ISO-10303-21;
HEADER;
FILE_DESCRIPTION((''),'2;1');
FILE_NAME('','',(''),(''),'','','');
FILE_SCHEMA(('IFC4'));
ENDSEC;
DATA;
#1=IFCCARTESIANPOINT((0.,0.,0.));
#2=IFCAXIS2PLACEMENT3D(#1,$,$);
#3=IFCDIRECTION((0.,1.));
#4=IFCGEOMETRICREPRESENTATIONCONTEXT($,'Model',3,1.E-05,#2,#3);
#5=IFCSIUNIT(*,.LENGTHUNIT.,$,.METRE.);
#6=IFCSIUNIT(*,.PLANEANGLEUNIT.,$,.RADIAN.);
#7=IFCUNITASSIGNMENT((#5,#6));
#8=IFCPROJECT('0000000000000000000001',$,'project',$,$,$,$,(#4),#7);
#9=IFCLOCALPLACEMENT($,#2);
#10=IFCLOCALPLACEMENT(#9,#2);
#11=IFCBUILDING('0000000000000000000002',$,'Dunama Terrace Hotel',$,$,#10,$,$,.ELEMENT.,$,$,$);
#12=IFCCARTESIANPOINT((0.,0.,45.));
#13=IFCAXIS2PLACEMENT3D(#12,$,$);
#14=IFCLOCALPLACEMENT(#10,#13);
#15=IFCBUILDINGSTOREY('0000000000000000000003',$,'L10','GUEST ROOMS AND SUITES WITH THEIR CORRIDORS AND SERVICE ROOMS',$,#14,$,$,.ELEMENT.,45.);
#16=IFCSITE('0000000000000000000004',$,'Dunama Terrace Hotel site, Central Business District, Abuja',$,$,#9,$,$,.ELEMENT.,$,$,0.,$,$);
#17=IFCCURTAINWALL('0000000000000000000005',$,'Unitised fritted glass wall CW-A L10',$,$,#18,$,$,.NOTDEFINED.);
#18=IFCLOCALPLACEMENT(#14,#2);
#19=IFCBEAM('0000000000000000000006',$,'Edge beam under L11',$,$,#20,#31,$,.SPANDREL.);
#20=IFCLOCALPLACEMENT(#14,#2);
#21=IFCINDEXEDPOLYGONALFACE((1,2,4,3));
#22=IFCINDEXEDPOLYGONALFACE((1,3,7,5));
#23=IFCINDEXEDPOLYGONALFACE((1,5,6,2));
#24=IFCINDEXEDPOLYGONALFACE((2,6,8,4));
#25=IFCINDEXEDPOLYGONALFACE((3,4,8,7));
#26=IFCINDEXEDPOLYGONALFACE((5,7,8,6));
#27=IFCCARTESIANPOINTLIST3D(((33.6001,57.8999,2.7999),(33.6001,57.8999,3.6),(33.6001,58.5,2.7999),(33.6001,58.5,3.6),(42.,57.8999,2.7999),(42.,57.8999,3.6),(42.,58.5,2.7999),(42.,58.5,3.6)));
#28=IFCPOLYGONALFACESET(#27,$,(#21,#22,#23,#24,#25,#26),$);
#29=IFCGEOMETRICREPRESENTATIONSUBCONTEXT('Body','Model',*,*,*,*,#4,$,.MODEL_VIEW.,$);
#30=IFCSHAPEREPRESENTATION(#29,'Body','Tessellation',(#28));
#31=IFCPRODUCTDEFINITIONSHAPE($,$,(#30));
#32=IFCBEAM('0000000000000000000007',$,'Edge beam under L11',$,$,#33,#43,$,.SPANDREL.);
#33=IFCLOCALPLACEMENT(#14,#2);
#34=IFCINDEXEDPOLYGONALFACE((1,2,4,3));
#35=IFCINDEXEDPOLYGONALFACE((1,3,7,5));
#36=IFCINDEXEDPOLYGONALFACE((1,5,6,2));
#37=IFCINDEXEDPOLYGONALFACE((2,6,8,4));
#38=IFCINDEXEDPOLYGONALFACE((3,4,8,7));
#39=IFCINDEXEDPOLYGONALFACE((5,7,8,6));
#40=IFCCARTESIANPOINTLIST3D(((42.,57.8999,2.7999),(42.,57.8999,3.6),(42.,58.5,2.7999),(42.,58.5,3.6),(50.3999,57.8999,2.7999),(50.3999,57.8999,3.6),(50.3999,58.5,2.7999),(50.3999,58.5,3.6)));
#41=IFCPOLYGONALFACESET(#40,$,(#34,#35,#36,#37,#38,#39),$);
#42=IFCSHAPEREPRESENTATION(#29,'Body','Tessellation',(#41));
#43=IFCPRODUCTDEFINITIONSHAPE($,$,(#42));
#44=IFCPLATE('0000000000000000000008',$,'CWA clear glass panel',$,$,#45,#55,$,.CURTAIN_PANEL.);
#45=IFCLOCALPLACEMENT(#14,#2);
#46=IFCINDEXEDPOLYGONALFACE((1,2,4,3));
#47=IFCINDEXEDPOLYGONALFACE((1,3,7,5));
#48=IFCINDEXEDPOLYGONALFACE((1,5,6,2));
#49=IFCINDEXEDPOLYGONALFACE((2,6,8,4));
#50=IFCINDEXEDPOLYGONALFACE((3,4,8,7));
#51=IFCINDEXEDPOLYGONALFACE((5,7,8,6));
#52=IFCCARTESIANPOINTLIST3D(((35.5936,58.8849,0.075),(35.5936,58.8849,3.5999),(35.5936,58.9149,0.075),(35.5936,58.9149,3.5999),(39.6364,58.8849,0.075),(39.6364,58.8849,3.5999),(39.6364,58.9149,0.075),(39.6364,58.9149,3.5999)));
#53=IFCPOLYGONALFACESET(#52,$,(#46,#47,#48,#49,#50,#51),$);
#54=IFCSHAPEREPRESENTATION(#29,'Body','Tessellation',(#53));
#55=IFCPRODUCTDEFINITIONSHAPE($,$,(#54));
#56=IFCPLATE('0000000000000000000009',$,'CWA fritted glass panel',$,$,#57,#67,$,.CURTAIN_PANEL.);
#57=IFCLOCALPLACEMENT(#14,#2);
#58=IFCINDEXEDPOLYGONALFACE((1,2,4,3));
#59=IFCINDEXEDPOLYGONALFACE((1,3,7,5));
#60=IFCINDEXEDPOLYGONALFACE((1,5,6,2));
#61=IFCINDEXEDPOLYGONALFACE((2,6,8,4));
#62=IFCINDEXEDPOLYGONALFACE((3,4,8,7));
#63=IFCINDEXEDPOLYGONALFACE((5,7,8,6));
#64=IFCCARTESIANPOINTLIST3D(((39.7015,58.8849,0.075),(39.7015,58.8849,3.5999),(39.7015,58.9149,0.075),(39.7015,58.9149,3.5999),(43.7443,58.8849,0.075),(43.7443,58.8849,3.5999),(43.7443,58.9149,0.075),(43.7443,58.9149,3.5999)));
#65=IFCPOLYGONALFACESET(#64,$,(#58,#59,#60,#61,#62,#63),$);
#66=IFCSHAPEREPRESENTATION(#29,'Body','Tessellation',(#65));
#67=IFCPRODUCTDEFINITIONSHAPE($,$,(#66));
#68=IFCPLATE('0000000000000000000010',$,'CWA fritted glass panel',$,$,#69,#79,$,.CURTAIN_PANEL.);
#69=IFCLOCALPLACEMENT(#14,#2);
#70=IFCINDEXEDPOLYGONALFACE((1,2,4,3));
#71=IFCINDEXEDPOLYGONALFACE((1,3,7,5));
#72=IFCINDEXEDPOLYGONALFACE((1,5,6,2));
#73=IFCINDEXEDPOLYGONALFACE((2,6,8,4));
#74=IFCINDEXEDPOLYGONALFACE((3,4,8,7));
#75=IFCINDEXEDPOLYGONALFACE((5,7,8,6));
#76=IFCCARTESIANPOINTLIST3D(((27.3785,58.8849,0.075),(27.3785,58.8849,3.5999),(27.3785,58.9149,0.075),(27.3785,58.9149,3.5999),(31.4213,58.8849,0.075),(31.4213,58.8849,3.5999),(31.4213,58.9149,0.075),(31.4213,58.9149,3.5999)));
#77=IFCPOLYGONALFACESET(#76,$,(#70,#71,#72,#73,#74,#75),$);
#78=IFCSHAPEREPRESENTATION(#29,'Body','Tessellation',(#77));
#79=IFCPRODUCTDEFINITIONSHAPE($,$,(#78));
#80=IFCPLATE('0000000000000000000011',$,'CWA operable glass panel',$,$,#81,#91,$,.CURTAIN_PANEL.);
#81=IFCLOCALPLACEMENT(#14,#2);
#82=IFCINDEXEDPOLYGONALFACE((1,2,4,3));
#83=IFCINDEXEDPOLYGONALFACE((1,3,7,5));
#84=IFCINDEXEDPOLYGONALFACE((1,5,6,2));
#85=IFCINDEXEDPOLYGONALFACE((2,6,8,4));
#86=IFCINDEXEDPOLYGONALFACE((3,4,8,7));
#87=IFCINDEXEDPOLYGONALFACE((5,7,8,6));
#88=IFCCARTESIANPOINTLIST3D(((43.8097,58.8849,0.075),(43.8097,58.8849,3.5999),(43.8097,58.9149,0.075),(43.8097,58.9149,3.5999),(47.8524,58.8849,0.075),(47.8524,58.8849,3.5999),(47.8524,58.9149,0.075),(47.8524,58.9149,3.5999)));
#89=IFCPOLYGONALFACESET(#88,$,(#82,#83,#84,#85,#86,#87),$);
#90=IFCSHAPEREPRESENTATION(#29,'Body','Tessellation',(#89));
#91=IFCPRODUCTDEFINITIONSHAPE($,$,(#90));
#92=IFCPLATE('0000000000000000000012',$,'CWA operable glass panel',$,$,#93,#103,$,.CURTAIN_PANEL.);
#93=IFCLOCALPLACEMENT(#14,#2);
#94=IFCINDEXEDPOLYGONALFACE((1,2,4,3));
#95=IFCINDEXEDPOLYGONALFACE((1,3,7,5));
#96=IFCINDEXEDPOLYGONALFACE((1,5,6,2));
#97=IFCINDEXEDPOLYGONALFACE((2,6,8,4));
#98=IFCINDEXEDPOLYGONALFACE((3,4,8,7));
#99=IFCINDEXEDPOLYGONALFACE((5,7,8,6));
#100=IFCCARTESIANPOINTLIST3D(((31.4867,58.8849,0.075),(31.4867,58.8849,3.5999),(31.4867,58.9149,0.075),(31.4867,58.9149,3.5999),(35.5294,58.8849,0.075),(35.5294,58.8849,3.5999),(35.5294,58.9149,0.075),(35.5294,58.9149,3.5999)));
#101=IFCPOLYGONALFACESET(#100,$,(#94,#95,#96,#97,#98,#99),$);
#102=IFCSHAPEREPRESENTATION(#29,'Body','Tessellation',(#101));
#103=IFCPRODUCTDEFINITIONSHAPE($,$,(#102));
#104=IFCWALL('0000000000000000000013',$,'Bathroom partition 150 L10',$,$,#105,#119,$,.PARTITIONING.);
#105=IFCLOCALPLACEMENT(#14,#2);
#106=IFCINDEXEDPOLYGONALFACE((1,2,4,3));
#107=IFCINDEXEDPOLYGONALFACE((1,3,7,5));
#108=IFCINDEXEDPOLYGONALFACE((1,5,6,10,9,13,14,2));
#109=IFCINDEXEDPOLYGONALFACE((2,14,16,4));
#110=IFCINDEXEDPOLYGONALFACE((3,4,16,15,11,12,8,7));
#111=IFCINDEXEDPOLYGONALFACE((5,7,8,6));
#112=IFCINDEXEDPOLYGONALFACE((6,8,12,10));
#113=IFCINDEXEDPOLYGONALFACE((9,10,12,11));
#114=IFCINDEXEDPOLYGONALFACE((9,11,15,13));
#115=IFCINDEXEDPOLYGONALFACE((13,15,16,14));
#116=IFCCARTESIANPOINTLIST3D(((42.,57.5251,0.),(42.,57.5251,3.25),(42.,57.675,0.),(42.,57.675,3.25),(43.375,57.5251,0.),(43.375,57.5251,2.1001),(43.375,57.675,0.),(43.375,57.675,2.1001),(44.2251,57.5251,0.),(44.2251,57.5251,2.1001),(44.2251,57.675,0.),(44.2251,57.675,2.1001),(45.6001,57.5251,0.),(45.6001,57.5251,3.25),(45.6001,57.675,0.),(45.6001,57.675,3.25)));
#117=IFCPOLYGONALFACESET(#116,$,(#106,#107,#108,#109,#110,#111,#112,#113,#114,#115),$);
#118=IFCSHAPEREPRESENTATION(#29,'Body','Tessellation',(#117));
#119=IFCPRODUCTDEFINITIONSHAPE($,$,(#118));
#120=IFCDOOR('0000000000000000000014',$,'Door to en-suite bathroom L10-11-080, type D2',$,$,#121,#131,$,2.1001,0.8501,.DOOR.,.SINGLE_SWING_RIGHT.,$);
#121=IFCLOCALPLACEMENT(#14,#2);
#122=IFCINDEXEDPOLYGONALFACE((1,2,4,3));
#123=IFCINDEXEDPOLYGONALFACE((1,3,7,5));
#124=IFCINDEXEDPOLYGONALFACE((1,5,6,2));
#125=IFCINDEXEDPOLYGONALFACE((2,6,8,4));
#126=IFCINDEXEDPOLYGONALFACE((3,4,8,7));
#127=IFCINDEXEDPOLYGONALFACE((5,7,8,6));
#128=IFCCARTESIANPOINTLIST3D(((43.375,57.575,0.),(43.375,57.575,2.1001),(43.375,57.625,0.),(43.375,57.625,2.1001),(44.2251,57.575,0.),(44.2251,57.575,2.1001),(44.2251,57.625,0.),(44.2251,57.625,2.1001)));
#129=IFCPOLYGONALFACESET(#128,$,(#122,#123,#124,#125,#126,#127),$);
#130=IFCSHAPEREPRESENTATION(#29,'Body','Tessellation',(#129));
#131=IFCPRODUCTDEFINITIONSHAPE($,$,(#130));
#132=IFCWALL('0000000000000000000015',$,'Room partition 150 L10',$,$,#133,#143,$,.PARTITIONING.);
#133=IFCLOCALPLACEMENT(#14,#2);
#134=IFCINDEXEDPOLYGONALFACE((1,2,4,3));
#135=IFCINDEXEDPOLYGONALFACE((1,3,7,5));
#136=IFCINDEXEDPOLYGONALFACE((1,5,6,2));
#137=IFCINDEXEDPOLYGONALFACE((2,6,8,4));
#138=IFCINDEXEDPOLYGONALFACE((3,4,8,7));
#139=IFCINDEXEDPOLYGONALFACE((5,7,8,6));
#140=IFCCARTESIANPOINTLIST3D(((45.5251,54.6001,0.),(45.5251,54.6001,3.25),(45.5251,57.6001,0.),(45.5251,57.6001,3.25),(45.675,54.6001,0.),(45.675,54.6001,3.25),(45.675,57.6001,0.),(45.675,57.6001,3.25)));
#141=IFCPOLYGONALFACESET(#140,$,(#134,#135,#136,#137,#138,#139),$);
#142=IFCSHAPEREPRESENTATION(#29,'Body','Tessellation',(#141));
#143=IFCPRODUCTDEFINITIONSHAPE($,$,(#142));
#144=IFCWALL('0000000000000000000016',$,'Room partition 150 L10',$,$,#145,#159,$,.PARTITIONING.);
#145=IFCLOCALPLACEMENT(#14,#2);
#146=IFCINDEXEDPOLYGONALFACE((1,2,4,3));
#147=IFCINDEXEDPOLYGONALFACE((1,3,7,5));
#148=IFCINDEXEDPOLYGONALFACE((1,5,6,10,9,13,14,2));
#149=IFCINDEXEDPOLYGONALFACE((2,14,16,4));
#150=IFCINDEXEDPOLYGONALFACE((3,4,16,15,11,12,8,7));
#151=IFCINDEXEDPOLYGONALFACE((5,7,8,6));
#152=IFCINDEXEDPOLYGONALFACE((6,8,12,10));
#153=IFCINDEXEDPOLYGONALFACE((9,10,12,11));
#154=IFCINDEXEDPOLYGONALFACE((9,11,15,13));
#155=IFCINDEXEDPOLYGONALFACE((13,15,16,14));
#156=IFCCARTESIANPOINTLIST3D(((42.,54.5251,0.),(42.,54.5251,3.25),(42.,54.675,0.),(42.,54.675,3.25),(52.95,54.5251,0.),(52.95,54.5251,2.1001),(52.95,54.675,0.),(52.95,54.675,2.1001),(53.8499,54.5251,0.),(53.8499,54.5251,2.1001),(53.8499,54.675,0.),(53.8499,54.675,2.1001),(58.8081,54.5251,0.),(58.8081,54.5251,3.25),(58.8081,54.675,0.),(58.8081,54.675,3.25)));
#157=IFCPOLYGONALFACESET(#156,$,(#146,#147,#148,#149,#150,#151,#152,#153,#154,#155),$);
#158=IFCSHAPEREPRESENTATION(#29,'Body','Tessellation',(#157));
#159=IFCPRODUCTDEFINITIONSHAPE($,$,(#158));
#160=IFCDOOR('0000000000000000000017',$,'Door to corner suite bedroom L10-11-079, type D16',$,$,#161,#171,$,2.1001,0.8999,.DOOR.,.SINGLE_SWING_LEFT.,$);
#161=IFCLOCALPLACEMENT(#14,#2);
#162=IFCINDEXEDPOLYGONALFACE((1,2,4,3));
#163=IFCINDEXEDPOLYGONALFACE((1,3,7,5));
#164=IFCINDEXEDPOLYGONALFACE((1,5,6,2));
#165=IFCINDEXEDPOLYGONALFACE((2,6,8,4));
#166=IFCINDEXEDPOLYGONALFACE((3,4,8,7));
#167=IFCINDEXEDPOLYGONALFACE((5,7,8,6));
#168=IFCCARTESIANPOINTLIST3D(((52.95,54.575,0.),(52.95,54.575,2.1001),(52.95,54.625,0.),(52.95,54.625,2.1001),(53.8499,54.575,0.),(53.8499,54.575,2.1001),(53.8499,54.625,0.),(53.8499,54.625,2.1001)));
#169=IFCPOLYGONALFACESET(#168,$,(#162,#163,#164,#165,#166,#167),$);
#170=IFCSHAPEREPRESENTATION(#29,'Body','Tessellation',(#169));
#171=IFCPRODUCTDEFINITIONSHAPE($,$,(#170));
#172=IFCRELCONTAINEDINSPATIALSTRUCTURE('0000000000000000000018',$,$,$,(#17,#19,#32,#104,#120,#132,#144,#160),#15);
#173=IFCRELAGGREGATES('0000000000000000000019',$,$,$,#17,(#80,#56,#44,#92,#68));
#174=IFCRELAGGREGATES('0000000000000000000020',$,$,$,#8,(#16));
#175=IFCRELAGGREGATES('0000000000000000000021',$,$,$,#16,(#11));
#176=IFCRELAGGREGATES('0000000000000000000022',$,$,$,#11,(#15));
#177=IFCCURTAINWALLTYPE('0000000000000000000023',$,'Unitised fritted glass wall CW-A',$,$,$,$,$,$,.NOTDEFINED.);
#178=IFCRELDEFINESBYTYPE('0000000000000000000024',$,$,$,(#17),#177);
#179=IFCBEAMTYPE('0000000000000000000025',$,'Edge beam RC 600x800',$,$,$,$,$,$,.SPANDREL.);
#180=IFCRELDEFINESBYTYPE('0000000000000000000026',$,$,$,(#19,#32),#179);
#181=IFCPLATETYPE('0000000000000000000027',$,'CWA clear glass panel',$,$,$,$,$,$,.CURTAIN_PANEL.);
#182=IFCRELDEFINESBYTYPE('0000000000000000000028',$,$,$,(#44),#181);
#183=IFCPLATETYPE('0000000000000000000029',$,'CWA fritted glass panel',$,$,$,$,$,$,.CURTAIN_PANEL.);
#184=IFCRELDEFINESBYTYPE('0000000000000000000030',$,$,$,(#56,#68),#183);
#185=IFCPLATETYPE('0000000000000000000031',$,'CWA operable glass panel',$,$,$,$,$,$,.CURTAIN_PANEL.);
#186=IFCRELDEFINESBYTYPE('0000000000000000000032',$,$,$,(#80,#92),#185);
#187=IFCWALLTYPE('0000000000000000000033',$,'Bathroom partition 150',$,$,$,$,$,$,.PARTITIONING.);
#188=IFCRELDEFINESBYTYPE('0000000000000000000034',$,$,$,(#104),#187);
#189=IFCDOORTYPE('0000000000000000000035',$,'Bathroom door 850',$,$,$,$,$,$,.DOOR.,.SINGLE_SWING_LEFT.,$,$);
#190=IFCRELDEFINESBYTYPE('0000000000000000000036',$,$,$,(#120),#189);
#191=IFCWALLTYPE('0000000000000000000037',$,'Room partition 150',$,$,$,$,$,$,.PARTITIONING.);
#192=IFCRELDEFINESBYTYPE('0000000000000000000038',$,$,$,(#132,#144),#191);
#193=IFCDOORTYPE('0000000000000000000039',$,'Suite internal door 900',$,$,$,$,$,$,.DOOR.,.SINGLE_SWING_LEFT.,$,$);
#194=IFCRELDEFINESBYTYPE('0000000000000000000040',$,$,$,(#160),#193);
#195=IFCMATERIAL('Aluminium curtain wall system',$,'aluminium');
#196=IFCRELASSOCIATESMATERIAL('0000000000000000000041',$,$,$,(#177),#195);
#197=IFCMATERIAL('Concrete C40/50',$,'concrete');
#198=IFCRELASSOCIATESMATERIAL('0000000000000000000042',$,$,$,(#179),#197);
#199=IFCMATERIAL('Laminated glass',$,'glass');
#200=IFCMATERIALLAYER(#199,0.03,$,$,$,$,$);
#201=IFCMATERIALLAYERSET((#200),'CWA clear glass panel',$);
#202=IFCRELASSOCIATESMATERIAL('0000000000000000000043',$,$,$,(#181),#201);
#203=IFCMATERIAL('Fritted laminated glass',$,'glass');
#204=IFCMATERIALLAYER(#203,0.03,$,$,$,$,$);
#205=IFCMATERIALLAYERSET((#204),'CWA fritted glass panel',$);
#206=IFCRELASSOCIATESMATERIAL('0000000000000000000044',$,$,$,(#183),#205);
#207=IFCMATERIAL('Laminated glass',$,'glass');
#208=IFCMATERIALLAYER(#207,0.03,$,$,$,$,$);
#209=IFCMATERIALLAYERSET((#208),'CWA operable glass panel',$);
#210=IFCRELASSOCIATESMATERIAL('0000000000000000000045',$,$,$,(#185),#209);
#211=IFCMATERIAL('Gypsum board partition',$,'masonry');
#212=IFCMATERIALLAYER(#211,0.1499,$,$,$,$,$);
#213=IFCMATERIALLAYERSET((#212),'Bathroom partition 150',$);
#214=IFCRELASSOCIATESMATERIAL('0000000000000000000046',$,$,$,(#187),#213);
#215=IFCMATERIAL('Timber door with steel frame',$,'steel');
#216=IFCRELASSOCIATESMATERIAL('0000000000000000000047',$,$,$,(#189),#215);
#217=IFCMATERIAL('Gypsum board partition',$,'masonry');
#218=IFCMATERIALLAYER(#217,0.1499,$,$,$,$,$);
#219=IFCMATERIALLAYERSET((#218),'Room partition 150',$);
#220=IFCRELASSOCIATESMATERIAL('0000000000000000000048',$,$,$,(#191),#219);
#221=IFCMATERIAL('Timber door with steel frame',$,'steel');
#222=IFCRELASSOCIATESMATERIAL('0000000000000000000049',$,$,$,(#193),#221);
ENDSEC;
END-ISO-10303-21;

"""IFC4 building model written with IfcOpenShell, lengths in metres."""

from ifc_helpers import new_model, si_unit, direction, frame, frame_2d, origin, origin_2d, place, context, subcontext, project, spatial, rectangle, extrude, material, layer, layer_set, material_profile, profile_set, type_object, element, fill, aggregate, save


model = new_model("IFC4")

# Units and contexts
model_context = context("Model", 3, precision=1e-05, world=origin(), true_north=direction((0.0, 1.0)))
body_context = subcontext(model_context, "Body", "Model", "MODEL_VIEW")
ifc_project = project(units=[si_unit("LENGTHUNIT", "METRE"), si_unit("PLANEANGLEUNIT", "RADIAN")], contexts=[model_context])

# Site, building, storey
site_placement = place(None, origin())
site = spatial("IfcSite", under=ifc_project, at=site_placement, Name="Dunama Terrace Hotel site, Central Business District, Abuja", CompositionType="ELEMENT", RefElevation=0.0)
building_placement = place(site_placement, origin())
building = spatial("IfcBuilding", under=site, at=building_placement, Name="Dunama Terrace Hotel", CompositionType="ELEMENT")
storey_placement = place(building_placement, frame((0.0, 0.0, 45.0)))
storey = spatial("IfcBuildingStorey", under=building, at=storey_placement, Name="L10", Description="GUEST ROOMS AND SUITES WITH THEIR CORRIDORS AND SERVICE ROOMS", CompositionType="ELEMENT", Elevation=45.0)

# Curtain wall
ifc_material_1 = material(Name="Aluminium curtain wall system", Category="aluminium")
curtain_wall_type = type_object("IfcCurtainWallType", Name="Unitised fritted glass wall CW-A", PredefinedType="NOTDEFINED", material=ifc_material_1)
curtain_wall_placement = place(storey_placement, origin())
curtain_wall = element("IfcCurtainWall", 1, at=curtain_wall_placement, inside=storey, type_object=curtain_wall_type, Name="Unitised fritted glass wall CW-A L10", PredefinedType="NOTDEFINED")

# Beams
ifc_material_2 = material(Name="Concrete C40/50", Category="concrete")
ifc_material_profile_1 = material_profile(ifc_material_2, rectangle(XDim=0.6001, YDim=0.8, at=origin_2d()), Name="RC 600x800")
ifc_profile_set_1 = profile_set([ifc_material_profile_1], Name="Concrete C40/50")
beam_type = type_object("IfcBeamType", Name="Edge beam RC 600x800", PredefinedType="SPANDREL", material=ifc_profile_set_1)
for number, where, z_axis, x_axis, name in (
    (2, (33.6001, 58.2, 3.2), (1.0, 0.0, 0.0), (0.0, 1.0, 0.0), "Edge beam under L11"),
    (3, (42.0, 58.2, 3.2), (1.0, 0.0, 0.0), (0.0, 1.0, 0.0), "Edge beam under L11"),
):
    element("IfcBeam", number, at=place(storey_placement, frame(where, z_axis=z_axis, x_axis=x_axis)), inside=storey, type_object=beam_type, Name=name, PredefinedType="SPANDREL", context=body_context, shape_type="SweptSolid", body=[
        extrude(rectangle(XDim=0.6001, YDim=0.8, at=origin_2d()), origin(), (0.0, 0.0, 1.0), 8.3999),
    ])

# Plates
ifc_material_3 = material(Name="Laminated glass", Category="glass")
ifc_layer_1 = layer(ifc_material_3, 0.03)
ifc_layer_set_1 = layer_set([ifc_layer_1], Name="CWA clear glass panel")
plate_type_1 = type_object("IfcPlateType", Name="CWA clear glass panel", PredefinedType="CURTAIN_PANEL", material=ifc_layer_set_1)
plate_1_placement = place(storey_placement, frame((37.615, 58.8999, 0.075), z_axis=(0.0, 0.0, 1.0), x_axis=(-1.0, 0.0, 0.0)))
plate_1 = element("IfcPlate", 4, at=plate_1_placement, type_object=plate_type_1, Name="CWA clear glass panel", PredefinedType="CURTAIN_PANEL", context=body_context, shape_type="SweptSolid", body=[
    extrude(rectangle(XDim=4.0427, YDim=0.03, at=origin_2d()), origin(), (0.0, 0.0, 1.0), 3.5249),
])
ifc_material_4 = material(Name="Fritted laminated glass", Category="glass")
ifc_layer_2 = layer(ifc_material_4, 0.03)
ifc_layer_set_2 = layer_set([ifc_layer_2], Name="CWA fritted glass panel")
plate_type_2 = type_object("IfcPlateType", Name="CWA fritted glass panel", PredefinedType="CURTAIN_PANEL", material=ifc_layer_set_2)
plate_2_placement = place(storey_placement, frame((41.7229, 58.8999, 0.075), z_axis=(0.0, 0.0, 1.0), x_axis=(-1.0, 0.0, 0.0)))
plate_2 = element("IfcPlate", 5, at=plate_2_placement, type_object=plate_type_2, Name="CWA fritted glass panel", PredefinedType="CURTAIN_PANEL", context=body_context, shape_type="SweptSolid", body=[
    extrude(rectangle(XDim=4.0427, YDim=0.03, at=origin_2d()), origin(), (0.0, 0.0, 1.0), 3.5249),
])
plate_3_placement = place(storey_placement, frame((29.3999, 58.8999, 0.075), z_axis=(0.0, 0.0, 1.0), x_axis=(-1.0, 0.0, 0.0)))
plate_3 = element("IfcPlate", 6, at=plate_3_placement, type_object=plate_type_2, Name="CWA fritted glass panel", PredefinedType="CURTAIN_PANEL", context=body_context, shape_type="SweptSolid", body=[
    extrude(rectangle(XDim=4.0427, YDim=0.03, at=origin_2d()), origin(), (0.0, 0.0, 1.0), 3.5249),
])
ifc_material_5 = material(Name="Laminated glass", Category="glass")
ifc_layer_3 = layer(ifc_material_5, 0.03)
ifc_layer_set_3 = layer_set([ifc_layer_3], Name="CWA operable glass panel")
plate_type_3 = type_object("IfcPlateType", Name="CWA operable glass panel", PredefinedType="CURTAIN_PANEL", material=ifc_layer_set_3)
plate_4_placement = place(storey_placement, frame((45.8311, 58.8999, 0.075), z_axis=(0.0, 0.0, 1.0), x_axis=(-1.0, 0.0, 0.0)))
plate_4 = element("IfcPlate", 7, at=plate_4_placement, type_object=plate_type_3, Name="CWA operable glass panel", PredefinedType="CURTAIN_PANEL", context=body_context, shape_type="SweptSolid", body=[
    extrude(rectangle(XDim=4.0427, YDim=0.03, at=origin_2d()), origin(), (0.0, 0.0, 1.0), 3.5249),
])
plate_5_placement = place(storey_placement, frame((33.5081, 58.8999, 0.075), z_axis=(0.0, 0.0, 1.0), x_axis=(-1.0, 0.0, 0.0)))
plate_5 = element("IfcPlate", 8, at=plate_5_placement, type_object=plate_type_3, Name="CWA operable glass panel", PredefinedType="CURTAIN_PANEL", context=body_context, shape_type="SweptSolid", body=[
    extrude(rectangle(XDim=4.0427, YDim=0.03, at=origin_2d()), origin(), (0.0, 0.0, 1.0), 3.5249),
])
aggregate(curtain_wall, [plate_4, plate_2, plate_1, plate_5, plate_3])

# Wall, opening, door
ifc_material_6 = material(Name="Gypsum board partition", Category="masonry")
ifc_layer_4 = layer(ifc_material_6, 0.1499)
ifc_layer_set_4 = layer_set([ifc_layer_4], Name="Bathroom partition 150")
wall_type_1 = type_object("IfcWallType", Name="Bathroom partition 150", PredefinedType="PARTITIONING", material=ifc_layer_set_4)
wall_1_placement = place(storey_placement, frame((42.0, 57.6001, 0.0), z_axis=(0.0, 0.0, 1.0), x_axis=(1.0, 0.0, 0.0)))
wall_1 = element("IfcWall", 9, at=wall_1_placement, inside=storey, type_object=wall_type_1, Name="Bathroom partition 150 L10", PredefinedType="PARTITIONING", context=body_context, shape_type="SweptSolid", body=[
    extrude(rectangle(XDim=3.6001, YDim=0.1499, at=frame_2d((1.8, 0.0))), origin(), (0.0, 0.0, 1.0), 3.25),
])
opening_1_placement = place(wall_1_placement, frame((1.375, 0.0, 0.0)))
opening_1 = element("IfcOpeningElement", 10, at=opening_1_placement, cuts=wall_1, PredefinedType="OPENING", context=body_context, shape_type="SweptSolid", body=[
    extrude(rectangle(XDim=0.8501, YDim=2.1001, at=frame_2d((0.425, 1.05))), frame((0.0, 0.085, 0.0), z_axis=(0.0, -1.0, 0.0), x_axis=(1.0, 0.0, 0.0)), (0.0, 0.0, 1.0), 0.1699),
])
ifc_material_7 = material(Name="Timber door with steel frame", Category="steel")
door_type_1 = type_object("IfcDoorType", Name="Bathroom door 850", OperationType="SINGLE_SWING_LEFT", PredefinedType="DOOR", material=ifc_material_7)
door_1_placement = place(opening_1_placement, frame((0.8501, 0.0, 0.0), z_axis=(0.0, 0.0, 1.0), x_axis=(-1.0, 0.0, 0.0)))
door_1 = element("IfcDoor", 11, at=door_1_placement, inside=storey, type_object=door_type_1, Name="Door to en-suite bathroom L10-11-080, type D2", OperationType="SINGLE_SWING_RIGHT", OverallHeight=2.1001, OverallWidth=0.8501, PredefinedType="DOOR", context=body_context, shape_type="SweptSolid", body=[
    extrude(rectangle(XDim=0.8501, YDim=2.1001, at=frame_2d((0.425, 1.05))), frame((0.0, 0.0251, 0.0), z_axis=(0.0, -1.0, 0.0), x_axis=(1.0, 0.0, 0.0)), (0.0, 0.0, 1.0), 0.05),
])
fill(opening_1, door_1)

# Wall
ifc_material_8 = material(Name="Gypsum board partition", Category="masonry")
ifc_layer_5 = layer(ifc_material_8, 0.1499)
ifc_layer_set_5 = layer_set([ifc_layer_5], Name="Room partition 150")
wall_type_2 = type_object("IfcWallType", Name="Room partition 150", PredefinedType="PARTITIONING", material=ifc_layer_set_5)
wall_2_placement = place(storey_placement, frame((45.6001, 54.6001, 0.0), z_axis=(0.0, 0.0, 1.0), x_axis=(0.0, 1.0, 0.0)))
element("IfcWall", 12, at=wall_2_placement, inside=storey, type_object=wall_type_2, Name="Room partition 150 L10", PredefinedType="PARTITIONING", context=body_context, shape_type="SweptSolid", body=[
    extrude(rectangle(XDim=3.0, YDim=0.1499, at=frame_2d((1.5, 0.0))), origin(), (0.0, 0.0, 1.0), 3.25),
])

# Wall, opening, door
wall_3_placement = place(storey_placement, frame((42.0, 54.6001, 0.0), z_axis=(0.0, 0.0, 1.0), x_axis=(1.0, 0.0, 0.0)))
wall_3 = element("IfcWall", 13, at=wall_3_placement, inside=storey, type_object=wall_type_2, Name="Room partition 150 L10", PredefinedType="PARTITIONING", context=body_context, shape_type="SweptSolid", body=[
    extrude(rectangle(XDim=16.8081, YDim=0.1499, at=frame_2d((8.4041, 0.0))), origin(), (0.0, 0.0, 1.0), 3.25),
])
opening_2_placement = place(wall_3_placement, frame((10.95, 0.0, 0.0)))
opening_2 = element("IfcOpeningElement", 14, at=opening_2_placement, cuts=wall_3, PredefinedType="OPENING", context=body_context, shape_type="SweptSolid", body=[
    extrude(rectangle(XDim=0.8999, YDim=2.1001, at=frame_2d((0.45, 1.05))), frame((0.0, 0.085, 0.0), z_axis=(0.0, -1.0, 0.0), x_axis=(1.0, 0.0, 0.0)), (0.0, 0.0, 1.0), 0.1699),
])
ifc_material_9 = material(Name="Timber door with steel frame", Category="steel")
door_type_2 = type_object("IfcDoorType", Name="Suite internal door 900", OperationType="SINGLE_SWING_LEFT", PredefinedType="DOOR", material=ifc_material_9)
door_2_placement = place(opening_2_placement, origin())
door_2 = element("IfcDoor", 15, at=door_2_placement, inside=storey, type_object=door_type_2, Name="Door to corner suite bedroom L10-11-079, type D16", OperationType="SINGLE_SWING_LEFT", OverallHeight=2.1001, OverallWidth=0.8999, PredefinedType="DOOR", context=body_context, shape_type="SweptSolid", body=[
    extrude(rectangle(XDim=0.8999, YDim=2.1001, at=frame_2d((0.45, 1.05))), frame((0.0, 0.0249, 0.0), z_axis=(0.0, -1.0, 0.0), x_axis=(1.0, 0.0, 0.0)), (0.0, 0.0, 1.0), 0.05),
])
fill(opening_2, door_2)

save(model, "model.ifc")
